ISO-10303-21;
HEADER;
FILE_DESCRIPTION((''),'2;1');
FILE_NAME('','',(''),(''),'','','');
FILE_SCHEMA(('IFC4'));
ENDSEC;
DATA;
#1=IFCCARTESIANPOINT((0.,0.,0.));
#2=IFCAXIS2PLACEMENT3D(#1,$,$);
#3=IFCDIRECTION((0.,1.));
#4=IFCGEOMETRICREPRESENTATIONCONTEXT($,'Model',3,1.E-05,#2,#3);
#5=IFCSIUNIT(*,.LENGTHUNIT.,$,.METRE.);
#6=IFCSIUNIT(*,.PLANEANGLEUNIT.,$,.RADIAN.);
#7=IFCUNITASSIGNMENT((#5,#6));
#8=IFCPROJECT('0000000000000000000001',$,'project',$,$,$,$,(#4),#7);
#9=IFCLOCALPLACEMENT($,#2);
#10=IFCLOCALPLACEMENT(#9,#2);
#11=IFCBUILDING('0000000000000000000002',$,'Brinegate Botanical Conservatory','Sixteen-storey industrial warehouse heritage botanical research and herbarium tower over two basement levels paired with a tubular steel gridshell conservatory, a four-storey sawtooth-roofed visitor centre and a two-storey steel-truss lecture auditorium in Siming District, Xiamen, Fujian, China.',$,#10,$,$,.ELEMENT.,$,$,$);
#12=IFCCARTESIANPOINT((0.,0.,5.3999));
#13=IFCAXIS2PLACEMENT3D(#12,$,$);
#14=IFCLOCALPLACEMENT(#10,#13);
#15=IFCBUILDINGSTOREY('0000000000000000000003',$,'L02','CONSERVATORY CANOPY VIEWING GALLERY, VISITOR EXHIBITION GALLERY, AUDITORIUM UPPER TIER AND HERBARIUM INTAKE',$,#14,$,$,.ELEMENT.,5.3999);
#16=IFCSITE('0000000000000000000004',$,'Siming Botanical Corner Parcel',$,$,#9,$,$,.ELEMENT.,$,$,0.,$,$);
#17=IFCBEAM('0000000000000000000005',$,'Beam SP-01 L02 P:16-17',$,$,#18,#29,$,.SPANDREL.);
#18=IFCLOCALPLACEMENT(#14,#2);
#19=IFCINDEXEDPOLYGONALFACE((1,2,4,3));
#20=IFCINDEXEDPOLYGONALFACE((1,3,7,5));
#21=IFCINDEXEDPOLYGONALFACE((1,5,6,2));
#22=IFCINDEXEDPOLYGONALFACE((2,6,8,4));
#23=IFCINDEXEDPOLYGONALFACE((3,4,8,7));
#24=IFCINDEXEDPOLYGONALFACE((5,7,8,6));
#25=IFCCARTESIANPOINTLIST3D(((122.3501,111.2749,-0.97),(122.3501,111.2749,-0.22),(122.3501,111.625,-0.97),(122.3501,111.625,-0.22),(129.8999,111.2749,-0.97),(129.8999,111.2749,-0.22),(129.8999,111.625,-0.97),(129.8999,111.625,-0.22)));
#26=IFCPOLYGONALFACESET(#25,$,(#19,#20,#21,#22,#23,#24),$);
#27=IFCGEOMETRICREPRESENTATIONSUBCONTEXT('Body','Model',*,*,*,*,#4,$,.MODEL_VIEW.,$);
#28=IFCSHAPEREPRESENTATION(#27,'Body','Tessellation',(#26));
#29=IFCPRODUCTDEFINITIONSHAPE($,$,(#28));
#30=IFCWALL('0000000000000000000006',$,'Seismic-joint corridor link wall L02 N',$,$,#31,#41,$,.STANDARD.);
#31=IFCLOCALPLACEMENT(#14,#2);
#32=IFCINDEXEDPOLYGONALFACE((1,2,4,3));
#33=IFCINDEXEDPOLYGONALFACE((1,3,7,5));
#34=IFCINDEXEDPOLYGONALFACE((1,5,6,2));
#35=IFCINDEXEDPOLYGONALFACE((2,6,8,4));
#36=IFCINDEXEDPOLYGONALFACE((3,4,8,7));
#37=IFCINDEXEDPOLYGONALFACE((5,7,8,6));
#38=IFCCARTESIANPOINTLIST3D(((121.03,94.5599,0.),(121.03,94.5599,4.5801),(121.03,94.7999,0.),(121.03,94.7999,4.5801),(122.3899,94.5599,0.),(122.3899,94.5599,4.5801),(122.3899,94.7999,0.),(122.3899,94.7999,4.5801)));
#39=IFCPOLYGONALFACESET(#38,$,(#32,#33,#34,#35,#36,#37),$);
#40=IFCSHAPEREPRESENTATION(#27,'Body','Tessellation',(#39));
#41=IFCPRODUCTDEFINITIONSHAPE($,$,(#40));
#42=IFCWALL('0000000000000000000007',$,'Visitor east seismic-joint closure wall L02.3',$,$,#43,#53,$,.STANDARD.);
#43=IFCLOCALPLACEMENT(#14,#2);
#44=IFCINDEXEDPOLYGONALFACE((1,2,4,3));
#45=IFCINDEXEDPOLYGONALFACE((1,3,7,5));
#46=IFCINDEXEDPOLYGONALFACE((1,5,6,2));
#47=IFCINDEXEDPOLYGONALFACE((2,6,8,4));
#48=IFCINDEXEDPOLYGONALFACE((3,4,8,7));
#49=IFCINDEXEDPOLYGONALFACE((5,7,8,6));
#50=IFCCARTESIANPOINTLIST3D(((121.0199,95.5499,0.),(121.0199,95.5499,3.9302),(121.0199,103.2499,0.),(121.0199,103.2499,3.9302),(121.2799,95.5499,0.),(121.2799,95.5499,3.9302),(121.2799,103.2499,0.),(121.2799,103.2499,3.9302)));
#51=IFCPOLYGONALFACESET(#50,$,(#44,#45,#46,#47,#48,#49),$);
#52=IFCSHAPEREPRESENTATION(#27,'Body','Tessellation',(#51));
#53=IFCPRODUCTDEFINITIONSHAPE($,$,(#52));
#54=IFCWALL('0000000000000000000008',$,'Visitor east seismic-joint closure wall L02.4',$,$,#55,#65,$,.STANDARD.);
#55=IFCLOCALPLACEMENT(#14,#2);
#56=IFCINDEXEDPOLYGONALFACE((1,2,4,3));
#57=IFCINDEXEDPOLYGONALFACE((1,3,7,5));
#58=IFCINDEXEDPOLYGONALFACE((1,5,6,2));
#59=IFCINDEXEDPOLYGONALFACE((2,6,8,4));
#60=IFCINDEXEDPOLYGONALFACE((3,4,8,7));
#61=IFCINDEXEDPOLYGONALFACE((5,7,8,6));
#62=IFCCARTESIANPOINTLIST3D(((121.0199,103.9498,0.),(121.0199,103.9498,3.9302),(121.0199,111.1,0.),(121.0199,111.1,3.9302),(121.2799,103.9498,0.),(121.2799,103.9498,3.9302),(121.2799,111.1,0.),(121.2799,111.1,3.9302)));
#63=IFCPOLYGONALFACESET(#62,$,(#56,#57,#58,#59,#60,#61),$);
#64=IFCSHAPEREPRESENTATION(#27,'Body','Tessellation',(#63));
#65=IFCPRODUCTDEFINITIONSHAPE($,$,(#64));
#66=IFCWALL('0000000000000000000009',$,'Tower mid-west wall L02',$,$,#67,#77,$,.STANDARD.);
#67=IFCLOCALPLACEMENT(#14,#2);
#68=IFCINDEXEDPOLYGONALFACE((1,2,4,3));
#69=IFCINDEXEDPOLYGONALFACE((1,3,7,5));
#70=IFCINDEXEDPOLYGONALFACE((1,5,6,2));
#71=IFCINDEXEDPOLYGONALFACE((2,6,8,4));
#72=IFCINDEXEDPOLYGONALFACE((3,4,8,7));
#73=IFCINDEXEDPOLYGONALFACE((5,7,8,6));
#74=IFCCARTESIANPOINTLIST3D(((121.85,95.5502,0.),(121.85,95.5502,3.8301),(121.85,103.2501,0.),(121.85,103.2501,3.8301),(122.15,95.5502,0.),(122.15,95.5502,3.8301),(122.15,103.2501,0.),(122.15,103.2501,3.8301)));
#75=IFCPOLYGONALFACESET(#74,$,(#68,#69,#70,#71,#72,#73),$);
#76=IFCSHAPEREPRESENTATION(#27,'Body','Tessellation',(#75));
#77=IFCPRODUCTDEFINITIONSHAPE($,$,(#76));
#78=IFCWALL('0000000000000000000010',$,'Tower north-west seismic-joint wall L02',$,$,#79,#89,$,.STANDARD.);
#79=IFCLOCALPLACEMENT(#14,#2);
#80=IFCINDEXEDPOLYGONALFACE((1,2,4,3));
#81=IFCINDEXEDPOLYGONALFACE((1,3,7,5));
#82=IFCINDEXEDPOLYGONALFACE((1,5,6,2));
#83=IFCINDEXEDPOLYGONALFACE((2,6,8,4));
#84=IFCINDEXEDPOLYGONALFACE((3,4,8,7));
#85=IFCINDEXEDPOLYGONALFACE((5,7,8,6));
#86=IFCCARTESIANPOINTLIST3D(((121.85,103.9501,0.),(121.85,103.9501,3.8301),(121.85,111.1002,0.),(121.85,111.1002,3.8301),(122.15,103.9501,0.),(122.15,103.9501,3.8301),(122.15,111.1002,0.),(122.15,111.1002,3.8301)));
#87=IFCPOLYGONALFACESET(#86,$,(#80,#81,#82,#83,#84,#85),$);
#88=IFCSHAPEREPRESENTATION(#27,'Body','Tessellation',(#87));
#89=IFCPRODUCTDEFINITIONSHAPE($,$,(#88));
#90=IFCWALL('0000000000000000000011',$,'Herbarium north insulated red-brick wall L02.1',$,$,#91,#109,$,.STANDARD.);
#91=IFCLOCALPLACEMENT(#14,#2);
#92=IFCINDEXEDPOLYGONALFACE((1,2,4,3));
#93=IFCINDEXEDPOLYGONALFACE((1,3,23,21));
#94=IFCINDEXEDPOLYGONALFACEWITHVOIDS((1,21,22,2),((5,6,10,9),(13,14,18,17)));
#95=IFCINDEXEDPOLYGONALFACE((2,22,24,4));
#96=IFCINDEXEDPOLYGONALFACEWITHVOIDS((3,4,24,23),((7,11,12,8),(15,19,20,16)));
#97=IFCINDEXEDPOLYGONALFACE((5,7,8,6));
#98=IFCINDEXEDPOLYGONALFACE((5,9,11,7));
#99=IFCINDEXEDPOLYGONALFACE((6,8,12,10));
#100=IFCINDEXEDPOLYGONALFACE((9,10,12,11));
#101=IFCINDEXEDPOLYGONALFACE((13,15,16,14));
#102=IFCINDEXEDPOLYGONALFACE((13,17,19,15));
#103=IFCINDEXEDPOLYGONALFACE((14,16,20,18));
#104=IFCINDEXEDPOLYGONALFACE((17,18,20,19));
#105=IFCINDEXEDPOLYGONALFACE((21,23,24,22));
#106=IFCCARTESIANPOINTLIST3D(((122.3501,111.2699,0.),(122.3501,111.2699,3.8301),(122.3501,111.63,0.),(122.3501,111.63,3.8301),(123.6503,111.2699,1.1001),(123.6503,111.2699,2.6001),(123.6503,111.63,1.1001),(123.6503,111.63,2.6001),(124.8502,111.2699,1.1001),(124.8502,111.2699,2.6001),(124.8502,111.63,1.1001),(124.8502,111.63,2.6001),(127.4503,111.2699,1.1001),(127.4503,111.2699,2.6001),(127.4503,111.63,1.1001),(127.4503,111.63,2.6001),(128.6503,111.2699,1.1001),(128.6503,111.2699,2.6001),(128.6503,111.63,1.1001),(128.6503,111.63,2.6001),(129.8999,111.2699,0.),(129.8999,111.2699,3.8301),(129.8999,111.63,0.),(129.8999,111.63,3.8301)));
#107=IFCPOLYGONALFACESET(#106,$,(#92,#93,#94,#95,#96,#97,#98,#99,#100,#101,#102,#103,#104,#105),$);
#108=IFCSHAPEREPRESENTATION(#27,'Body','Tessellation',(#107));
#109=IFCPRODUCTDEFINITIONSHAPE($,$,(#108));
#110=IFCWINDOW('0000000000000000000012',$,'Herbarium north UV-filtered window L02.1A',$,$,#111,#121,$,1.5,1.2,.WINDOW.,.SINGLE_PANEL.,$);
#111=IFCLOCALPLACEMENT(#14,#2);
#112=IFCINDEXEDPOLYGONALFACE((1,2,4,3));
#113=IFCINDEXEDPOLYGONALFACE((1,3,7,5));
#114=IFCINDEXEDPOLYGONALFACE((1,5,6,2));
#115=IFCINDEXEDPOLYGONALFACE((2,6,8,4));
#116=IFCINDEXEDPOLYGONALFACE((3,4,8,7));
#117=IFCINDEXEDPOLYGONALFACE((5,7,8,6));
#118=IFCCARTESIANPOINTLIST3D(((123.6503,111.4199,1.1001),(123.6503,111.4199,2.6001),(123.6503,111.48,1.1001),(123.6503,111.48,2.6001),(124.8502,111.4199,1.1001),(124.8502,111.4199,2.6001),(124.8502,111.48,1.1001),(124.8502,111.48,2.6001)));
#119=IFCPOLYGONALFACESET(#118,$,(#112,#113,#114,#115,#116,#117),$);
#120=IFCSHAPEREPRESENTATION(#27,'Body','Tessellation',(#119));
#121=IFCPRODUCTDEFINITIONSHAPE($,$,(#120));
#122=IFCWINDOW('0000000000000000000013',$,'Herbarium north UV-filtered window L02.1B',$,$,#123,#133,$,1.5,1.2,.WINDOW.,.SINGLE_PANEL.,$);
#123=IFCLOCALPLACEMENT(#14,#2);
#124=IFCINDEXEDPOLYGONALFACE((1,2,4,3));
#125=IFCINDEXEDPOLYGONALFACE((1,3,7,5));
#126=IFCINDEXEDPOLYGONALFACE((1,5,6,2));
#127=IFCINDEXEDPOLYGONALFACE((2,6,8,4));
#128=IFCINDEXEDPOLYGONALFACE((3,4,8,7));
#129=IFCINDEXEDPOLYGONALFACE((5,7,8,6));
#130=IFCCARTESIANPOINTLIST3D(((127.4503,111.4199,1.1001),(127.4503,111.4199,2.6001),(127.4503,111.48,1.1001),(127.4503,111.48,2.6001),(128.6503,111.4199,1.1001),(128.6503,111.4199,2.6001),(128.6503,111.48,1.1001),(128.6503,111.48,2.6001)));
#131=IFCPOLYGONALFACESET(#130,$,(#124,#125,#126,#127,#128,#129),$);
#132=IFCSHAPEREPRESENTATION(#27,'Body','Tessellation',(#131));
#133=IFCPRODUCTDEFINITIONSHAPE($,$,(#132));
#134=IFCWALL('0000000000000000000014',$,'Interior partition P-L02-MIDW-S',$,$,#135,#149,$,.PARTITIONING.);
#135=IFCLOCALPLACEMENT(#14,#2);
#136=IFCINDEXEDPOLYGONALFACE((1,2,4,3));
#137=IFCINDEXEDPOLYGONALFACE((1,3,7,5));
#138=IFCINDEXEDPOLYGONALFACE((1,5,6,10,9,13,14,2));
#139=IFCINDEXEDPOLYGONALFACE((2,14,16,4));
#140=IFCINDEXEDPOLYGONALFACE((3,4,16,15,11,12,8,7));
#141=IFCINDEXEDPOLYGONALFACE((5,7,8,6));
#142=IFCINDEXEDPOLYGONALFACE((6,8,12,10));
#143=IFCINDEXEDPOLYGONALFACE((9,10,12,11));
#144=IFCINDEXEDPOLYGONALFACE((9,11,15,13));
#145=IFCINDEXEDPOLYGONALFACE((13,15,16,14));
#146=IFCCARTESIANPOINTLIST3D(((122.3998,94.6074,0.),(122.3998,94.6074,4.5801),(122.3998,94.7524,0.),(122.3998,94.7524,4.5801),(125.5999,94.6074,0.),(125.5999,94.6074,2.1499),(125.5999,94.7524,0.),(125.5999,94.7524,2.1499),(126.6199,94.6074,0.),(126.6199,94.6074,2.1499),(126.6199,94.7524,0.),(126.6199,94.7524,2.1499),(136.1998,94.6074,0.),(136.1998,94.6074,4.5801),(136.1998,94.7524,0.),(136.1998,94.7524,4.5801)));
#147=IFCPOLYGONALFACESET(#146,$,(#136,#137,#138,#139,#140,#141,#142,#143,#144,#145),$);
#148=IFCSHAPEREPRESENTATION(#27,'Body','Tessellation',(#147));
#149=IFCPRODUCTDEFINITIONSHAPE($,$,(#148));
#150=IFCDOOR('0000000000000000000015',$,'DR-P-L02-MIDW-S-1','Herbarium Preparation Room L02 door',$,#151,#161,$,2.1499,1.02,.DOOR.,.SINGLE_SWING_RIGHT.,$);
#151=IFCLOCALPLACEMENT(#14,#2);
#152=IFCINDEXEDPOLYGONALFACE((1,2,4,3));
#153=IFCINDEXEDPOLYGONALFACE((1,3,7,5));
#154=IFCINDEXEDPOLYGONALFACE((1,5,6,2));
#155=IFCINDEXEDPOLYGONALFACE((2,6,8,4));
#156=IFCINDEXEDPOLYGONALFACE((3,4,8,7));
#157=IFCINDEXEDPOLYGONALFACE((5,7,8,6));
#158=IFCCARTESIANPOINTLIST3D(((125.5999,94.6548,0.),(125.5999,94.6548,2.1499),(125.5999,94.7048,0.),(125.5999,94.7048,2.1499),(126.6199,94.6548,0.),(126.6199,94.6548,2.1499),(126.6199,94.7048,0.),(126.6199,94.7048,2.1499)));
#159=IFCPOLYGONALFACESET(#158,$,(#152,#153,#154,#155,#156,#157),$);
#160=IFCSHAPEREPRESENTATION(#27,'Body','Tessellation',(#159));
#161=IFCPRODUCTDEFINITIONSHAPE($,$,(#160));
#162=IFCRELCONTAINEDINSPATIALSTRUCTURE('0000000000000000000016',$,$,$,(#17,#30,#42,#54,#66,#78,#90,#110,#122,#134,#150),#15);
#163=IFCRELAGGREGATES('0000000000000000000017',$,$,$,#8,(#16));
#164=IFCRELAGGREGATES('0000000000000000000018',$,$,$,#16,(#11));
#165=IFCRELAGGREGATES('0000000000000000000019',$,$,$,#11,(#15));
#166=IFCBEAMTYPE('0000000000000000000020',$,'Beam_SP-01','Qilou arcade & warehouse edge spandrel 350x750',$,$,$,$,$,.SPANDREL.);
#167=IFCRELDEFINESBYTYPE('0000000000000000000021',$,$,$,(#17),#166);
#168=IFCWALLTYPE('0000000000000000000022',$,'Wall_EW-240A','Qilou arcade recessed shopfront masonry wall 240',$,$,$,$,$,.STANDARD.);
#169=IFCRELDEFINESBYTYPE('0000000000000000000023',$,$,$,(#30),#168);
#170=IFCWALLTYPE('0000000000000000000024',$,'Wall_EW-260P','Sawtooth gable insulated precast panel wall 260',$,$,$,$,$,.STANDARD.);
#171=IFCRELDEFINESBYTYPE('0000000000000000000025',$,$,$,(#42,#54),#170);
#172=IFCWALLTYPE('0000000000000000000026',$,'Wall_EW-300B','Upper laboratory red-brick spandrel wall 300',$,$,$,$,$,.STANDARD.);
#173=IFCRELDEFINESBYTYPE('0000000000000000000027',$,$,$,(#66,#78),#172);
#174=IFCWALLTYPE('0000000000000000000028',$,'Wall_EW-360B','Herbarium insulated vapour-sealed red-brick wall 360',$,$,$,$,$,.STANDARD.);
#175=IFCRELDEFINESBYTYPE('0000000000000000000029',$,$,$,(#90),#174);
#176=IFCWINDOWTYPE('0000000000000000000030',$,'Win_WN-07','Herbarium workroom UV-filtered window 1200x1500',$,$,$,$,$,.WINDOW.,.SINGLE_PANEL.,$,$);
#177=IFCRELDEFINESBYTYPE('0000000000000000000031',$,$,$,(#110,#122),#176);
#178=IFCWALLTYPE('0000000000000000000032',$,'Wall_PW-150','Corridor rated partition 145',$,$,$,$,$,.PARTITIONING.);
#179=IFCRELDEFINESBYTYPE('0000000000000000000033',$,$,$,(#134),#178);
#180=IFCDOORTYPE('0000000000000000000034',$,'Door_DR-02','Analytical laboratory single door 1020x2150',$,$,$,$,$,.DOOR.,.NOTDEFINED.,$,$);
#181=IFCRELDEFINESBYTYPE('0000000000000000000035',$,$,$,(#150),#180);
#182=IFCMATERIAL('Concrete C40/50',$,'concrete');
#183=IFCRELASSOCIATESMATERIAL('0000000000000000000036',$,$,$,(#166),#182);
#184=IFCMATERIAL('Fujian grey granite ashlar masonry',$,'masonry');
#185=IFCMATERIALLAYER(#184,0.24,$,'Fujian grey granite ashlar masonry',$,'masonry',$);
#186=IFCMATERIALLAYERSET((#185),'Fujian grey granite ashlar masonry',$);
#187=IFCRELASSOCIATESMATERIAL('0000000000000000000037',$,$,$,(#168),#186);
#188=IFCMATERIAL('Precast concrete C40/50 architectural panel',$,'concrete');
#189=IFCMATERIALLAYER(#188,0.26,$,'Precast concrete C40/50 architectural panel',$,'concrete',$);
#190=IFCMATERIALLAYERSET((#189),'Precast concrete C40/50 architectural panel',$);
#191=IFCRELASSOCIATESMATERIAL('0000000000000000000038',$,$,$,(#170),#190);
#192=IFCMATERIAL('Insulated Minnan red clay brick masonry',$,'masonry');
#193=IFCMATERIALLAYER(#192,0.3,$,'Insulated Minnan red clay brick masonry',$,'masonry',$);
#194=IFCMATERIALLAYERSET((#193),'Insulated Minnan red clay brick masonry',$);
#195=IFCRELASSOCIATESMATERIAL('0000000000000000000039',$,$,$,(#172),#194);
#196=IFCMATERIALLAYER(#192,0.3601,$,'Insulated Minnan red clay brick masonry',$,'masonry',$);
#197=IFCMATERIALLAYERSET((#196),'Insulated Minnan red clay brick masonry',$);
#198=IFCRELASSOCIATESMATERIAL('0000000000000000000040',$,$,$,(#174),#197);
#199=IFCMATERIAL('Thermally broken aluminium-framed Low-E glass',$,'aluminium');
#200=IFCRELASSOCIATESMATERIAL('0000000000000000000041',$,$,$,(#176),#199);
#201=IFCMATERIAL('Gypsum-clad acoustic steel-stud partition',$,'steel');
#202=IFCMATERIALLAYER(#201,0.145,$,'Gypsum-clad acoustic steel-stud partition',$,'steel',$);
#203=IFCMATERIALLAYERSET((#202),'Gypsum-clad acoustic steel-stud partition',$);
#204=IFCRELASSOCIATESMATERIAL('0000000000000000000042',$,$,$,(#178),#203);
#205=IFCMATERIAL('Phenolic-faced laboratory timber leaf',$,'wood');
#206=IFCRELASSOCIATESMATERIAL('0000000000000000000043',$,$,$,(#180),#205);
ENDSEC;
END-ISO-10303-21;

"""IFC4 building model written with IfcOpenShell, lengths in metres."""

from ifc_helpers import new_model, si_unit, direction, frame, frame_2d, origin, origin_2d, place, context, subcontext, project, spatial, rectangle, extrude, material, layer, layer_set, material_profile, profile_set, type_object, element, fill, save


model = new_model("IFC4")

# Units and contexts
model_context = context("Model", 3, precision=1e-05, world=origin(), true_north=direction((0.0, 1.0)))
body_context = subcontext(model_context, "Body", "Model", "MODEL_VIEW")
ifc_project = project(units=[si_unit("LENGTHUNIT", "METRE"), si_unit("PLANEANGLEUNIT", "RADIAN")], contexts=[model_context])

# Site, building, storey
site_placement = place(None, origin())
site = spatial("IfcSite", under=ifc_project, at=site_placement, Name="Siming Botanical Corner Parcel", CompositionType="ELEMENT", RefElevation=0.0)
building_placement = place(site_placement, origin())
building = spatial("IfcBuilding", under=site, at=building_placement, Name="Brinegate Botanical Conservatory", Description="Sixteen-storey industrial warehouse heritage botanical research and herbarium tower over two basement levels paired with a tubular steel gridshell conservatory, a four-storey sawtooth-roofed visitor centre and a two-storey steel-truss lecture auditorium in Siming District, Xiamen, Fujian, China.", CompositionType="ELEMENT")
storey_placement = place(building_placement, frame((0.0, 0.0, 5.3999)))
storey = spatial("IfcBuildingStorey", under=building, at=storey_placement, Name="L02", Description="CONSERVATORY CANOPY VIEWING GALLERY, VISITOR EXHIBITION GALLERY, AUDITORIUM UPPER TIER AND HERBARIUM INTAKE", CompositionType="ELEMENT", Elevation=5.3999)

# Beam
ifc_material_1 = material(Name="Concrete C40/50", Category="concrete")
ifc_material_profile_1 = material_profile(ifc_material_1, rectangle(XDim=0.3501, YDim=0.75, at=origin_2d()), Name="RC SPN 350x750")
ifc_profile_set_1 = profile_set([ifc_material_profile_1], Name="Concrete C40/50")
beam_type_1 = type_object("IfcBeamType", Name="Beam_SP-01", Description="Qilou arcade & warehouse edge spandrel 350x750", PredefinedType="SPANDREL", material=ifc_profile_set_1)
beam_1_placement = place(storey_placement, frame((122.3501, 111.45, -0.595), z_axis=(1.0, 0.0, 0.0), x_axis=(0.0, 1.0, 0.0)))
element("IfcBeam", 1, at=beam_1_placement, inside=storey, type_object=beam_type_1, Name="Beam SP-01 L02 P:16-17", PredefinedType="SPANDREL", context=body_context, shape_type="SweptSolid", body=[
    extrude(rectangle(XDim=0.3501, YDim=0.75, at=origin_2d()), origin(), (0.0, 0.0, 1.0), 7.5498),
])

# Walls
ifc_material_2 = material(Name="Fujian grey granite ashlar masonry", Category="masonry")
ifc_layer_1 = layer(ifc_material_2, 0.24, Name="Fujian grey granite ashlar masonry", Category="masonry")
ifc_layer_set_1 = layer_set([ifc_layer_1], Name="Fujian grey granite ashlar masonry")
wall_type_1 = type_object("IfcWallType", Name="Wall_EW-240A", Description="Qilou arcade recessed shopfront masonry wall 240", PredefinedType="STANDARD", material=ifc_layer_set_1)
wall_1_placement = place(storey_placement, frame((121.03, 94.6799, 0.0), z_axis=(0.0, 0.0, 1.0), x_axis=(1.0, 0.0, 0.0)))
element("IfcWall", 2, at=wall_1_placement, inside=storey, type_object=wall_type_1, Name="Seismic-joint corridor link wall L02 N", PredefinedType="STANDARD", context=body_context, shape_type="SweptSolid", body=[
    extrude(rectangle(XDim=1.3599, YDim=0.24, at=frame_2d((0.6799, 0.0))), origin(), (0.0, 0.0, 1.0), 4.5801),
])
ifc_material_3 = material(Name="Precast concrete C40/50 architectural panel", Category="concrete")
ifc_layer_2 = layer(ifc_material_3, 0.26, Name="Precast concrete C40/50 architectural panel", Category="concrete")
ifc_layer_set_2 = layer_set([ifc_layer_2], Name="Precast concrete C40/50 architectural panel")
wall_type_2 = type_object("IfcWallType", Name="Wall_EW-260P", Description="Sawtooth gable insulated precast panel wall 260", PredefinedType="STANDARD", material=ifc_layer_set_2)
wall_2_placement = place(storey_placement, frame((121.1499, 103.25, 0.0), z_axis=(0.0, 0.0, 1.0), x_axis=(0.0, -1.0, 0.0)))
element("IfcWall", 3, at=wall_2_placement, inside=storey, type_object=wall_type_2, Name="Visitor east seismic-joint closure wall L02.3", PredefinedType="STANDARD", context=body_context, shape_type="SweptSolid", body=[
    extrude(rectangle(XDim=7.7, YDim=0.26, at=frame_2d((3.8501, 0.0))), origin(), (0.0, 0.0, 1.0), 3.9302),
])
wall_3_placement = place(storey_placement, frame((121.1499, 111.1001, 0.0), z_axis=(0.0, 0.0, 1.0), x_axis=(0.0, -1.0, 0.0)))
element("IfcWall", 4, at=wall_3_placement, inside=storey, type_object=wall_type_2, Name="Visitor east seismic-joint closure wall L02.4", PredefinedType="STANDARD", context=body_context, shape_type="SweptSolid", body=[
    extrude(rectangle(XDim=7.1501, YDim=0.26, at=frame_2d((3.5752, 0.0))), origin(), (0.0, 0.0, 1.0), 3.9302),
])
ifc_material_4 = material(Name="Insulated Minnan red clay brick masonry", Category="masonry")
ifc_layer_3 = layer(ifc_material_4, 0.3, Name="Insulated Minnan red clay brick masonry", Category="masonry")
ifc_layer_set_3 = layer_set([ifc_layer_3], Name="Insulated Minnan red clay brick masonry")
wall_type_3 = type_object("IfcWallType", Name="Wall_EW-300B", Description="Upper laboratory red-brick spandrel wall 300", PredefinedType="STANDARD", material=ifc_layer_set_3)
wall_4_placement = place(storey_placement, frame((122.0, 95.55, 0.0), z_axis=(0.0, 0.0, 1.0), x_axis=(0.0, 1.0, 0.0)))
element("IfcWall", 5, at=wall_4_placement, inside=storey, type_object=wall_type_3, Name="Tower mid-west wall L02", PredefinedType="STANDARD", context=body_context, shape_type="SweptSolid", body=[
    extrude(rectangle(XDim=7.7, YDim=0.3, at=frame_2d((3.8501, 0.0))), origin(), (0.0, 0.0, 1.0), 3.8301),
])
wall_5_placement = place(storey_placement, frame((122.0, 103.95, 0.0), z_axis=(0.0, 0.0, 1.0), x_axis=(0.0, 1.0, 0.0)))
element("IfcWall", 6, at=wall_5_placement, inside=storey, type_object=wall_type_3, Name="Tower north-west seismic-joint wall L02", PredefinedType="STANDARD", context=body_context, shape_type="SweptSolid", body=[
    extrude(rectangle(XDim=7.1501, YDim=0.3, at=frame_2d((3.5752, 0.0))), origin(), (0.0, 0.0, 1.0), 3.8301),
])

# Wall, openings, windows
ifc_layer_4 = layer(ifc_material_4, 0.3601, Name="Insulated Minnan red clay brick masonry", Category="masonry")
ifc_layer_set_4 = layer_set([ifc_layer_4], Name="Insulated Minnan red clay brick masonry")
wall_type_4 = type_object("IfcWallType", Name="Wall_EW-360B", Description="Herbarium insulated vapour-sealed red-brick wall 360", PredefinedType="STANDARD", material=ifc_layer_set_4)
wall_6_placement = place(storey_placement, frame((122.3501, 111.45, 0.0), z_axis=(0.0, 0.0, 1.0), x_axis=(1.0, 0.0, 0.0)))
wall_6 = element("IfcWall", 7, at=wall_6_placement, inside=storey, type_object=wall_type_4, Name="Herbarium north insulated red-brick wall L02.1", PredefinedType="STANDARD", context=body_context, shape_type="SweptSolid", body=[
    extrude(rectangle(XDim=7.5498, YDim=0.3601, at=frame_2d((3.7749, 0.0))), origin(), (0.0, 0.0, 1.0), 3.8301),
])
opening_1_placement = place(wall_6_placement, frame((1.3, 0.0, 1.1001)))
opening_1 = element("IfcOpeningElement", 8, at=opening_1_placement, cuts=wall_6, PredefinedType="OPENING", context=body_context, shape_type="SweptSolid", body=[
    extrude(rectangle(XDim=1.2, YDim=1.5, at=frame_2d((0.6001, 0.75))), frame((0.0, 0.1899, 0.0), z_axis=(0.0, -1.0, 0.0), x_axis=(1.0, 0.0, 0.0)), (0.0, 0.0, 1.0), 0.3801),
])
opening_2_placement = place(wall_6_placement, frame((5.1001, 0.0, 1.1001)))
opening_2 = element("IfcOpeningElement", 9, at=opening_2_placement, cuts=wall_6, PredefinedType="OPENING", context=body_context, shape_type="SweptSolid", body=[
    extrude(rectangle(XDim=1.2, YDim=1.5, at=frame_2d((0.6001, 0.75))), frame((0.0, 0.1899, 0.0), z_axis=(0.0, -1.0, 0.0), x_axis=(1.0, 0.0, 0.0)), (0.0, 0.0, 1.0), 0.3801),
])
ifc_material_5 = material(Name="Thermally broken aluminium-framed Low-E glass", Category="aluminium")
window_type = type_object("IfcWindowType", Name="Win_WN-07", Description="Herbarium workroom UV-filtered window 1200x1500", PartitioningType="SINGLE_PANEL", PredefinedType="WINDOW", material=ifc_material_5)
window_1_placement = place(opening_1_placement, origin())
window_1 = element("IfcWindow", 10, at=window_1_placement, inside=storey, type_object=window_type, Name="Herbarium north UV-filtered window L02.1A", OverallHeight=1.5, OverallWidth=1.2, PartitioningType="SINGLE_PANEL", PredefinedType="WINDOW", context=body_context, shape_type="SweptSolid", body=[
    extrude(rectangle(XDim=1.2, YDim=1.5, at=frame_2d((0.6001, 0.75))), frame((0.0, 0.03, 0.0), z_axis=(0.0, -1.0, 0.0), x_axis=(1.0, 0.0, 0.0)), (0.0, 0.0, 1.0), 0.0601),
])
fill(opening_1, window_1)
window_2_placement = place(opening_2_placement, origin())
window_2 = element("IfcWindow", 11, at=window_2_placement, inside=storey, type_object=window_type, Name="Herbarium north UV-filtered window L02.1B", OverallHeight=1.5, OverallWidth=1.2, PartitioningType="SINGLE_PANEL", PredefinedType="WINDOW", context=body_context, shape_type="SweptSolid", body=[
    extrude(rectangle(XDim=1.2, YDim=1.5, at=frame_2d((0.6001, 0.75))), frame((0.0, 0.03, 0.0), z_axis=(0.0, -1.0, 0.0), x_axis=(1.0, 0.0, 0.0)), (0.0, 0.0, 1.0), 0.0601),
])
fill(opening_2, window_2)

# Wall, opening, door
ifc_material_6 = material(Name="Gypsum-clad acoustic steel-stud partition", Category="steel")
ifc_layer_5 = layer(ifc_material_6, 0.145, Name="Gypsum-clad acoustic steel-stud partition", Category="steel")
ifc_layer_set_5 = layer_set([ifc_layer_5], Name="Gypsum-clad acoustic steel-stud partition")
wall_type_5 = type_object("IfcWallType", Name="Wall_PW-150", Description="Corridor rated partition 145", PredefinedType="PARTITIONING", material=ifc_layer_set_5)
wall_7_placement = place(storey_placement, frame((122.3999, 94.6799, 0.0), z_axis=(0.0, 0.0, 1.0), x_axis=(1.0, 0.0, 0.0)))
wall_7 = element("IfcWall", 12, at=wall_7_placement, inside=storey, type_object=wall_type_5, Name="Interior partition P-L02-MIDW-S", PredefinedType="PARTITIONING", context=body_context, shape_type="SweptSolid", body=[
    extrude(rectangle(XDim=13.8, YDim=0.145, at=frame_2d((6.8999, 0.0))), origin(), (0.0, 0.0, 1.0), 4.5801),
])
opening_3_placement = place(wall_7_placement, frame((3.2, 0.0, 0.0)))
opening_3 = element("IfcOpeningElement", 13, at=opening_3_placement, cuts=wall_7, PredefinedType="OPENING", context=body_context, shape_type="SweptSolid", body=[
    extrude(rectangle(XDim=1.02, YDim=2.1499, at=frame_2d((0.51, 1.075))), frame((0.0, 0.0825, 0.0), z_axis=(0.0, -1.0, 0.0), x_axis=(1.0, 0.0, 0.0)), (0.0, 0.0, 1.0), 0.165),
])
ifc_material_7 = material(Name="Phenolic-faced laboratory timber leaf", Category="wood")
door_type_1 = type_object("IfcDoorType", Name="Door_DR-02", Description="Analytical laboratory single door 1020x2150", OperationType="NOTDEFINED", PredefinedType="DOOR", material=ifc_material_7)
door_1_placement = place(opening_3_placement, origin())
door_1 = element("IfcDoor", 14, at=door_1_placement, inside=storey, type_object=door_type_1, Name="DR-P-L02-MIDW-S-1", Description="Herbarium Preparation Room L02 door", OperationType="SINGLE_SWING_RIGHT", OverallHeight=2.1499, OverallWidth=1.02, PredefinedType="DOOR", context=body_context, shape_type="SweptSolid", body=[
    extrude(rectangle(XDim=1.02, YDim=2.1499, at=frame_2d((0.51, 1.075))), frame((0.0, 0.0249, 0.0), z_axis=(0.0, -1.0, 0.0), x_axis=(1.0, 0.0, 0.0)), (0.0, 0.0, 1.0), 0.05),
])
fill(opening_3, door_1)

save(model, "model.ifc")
